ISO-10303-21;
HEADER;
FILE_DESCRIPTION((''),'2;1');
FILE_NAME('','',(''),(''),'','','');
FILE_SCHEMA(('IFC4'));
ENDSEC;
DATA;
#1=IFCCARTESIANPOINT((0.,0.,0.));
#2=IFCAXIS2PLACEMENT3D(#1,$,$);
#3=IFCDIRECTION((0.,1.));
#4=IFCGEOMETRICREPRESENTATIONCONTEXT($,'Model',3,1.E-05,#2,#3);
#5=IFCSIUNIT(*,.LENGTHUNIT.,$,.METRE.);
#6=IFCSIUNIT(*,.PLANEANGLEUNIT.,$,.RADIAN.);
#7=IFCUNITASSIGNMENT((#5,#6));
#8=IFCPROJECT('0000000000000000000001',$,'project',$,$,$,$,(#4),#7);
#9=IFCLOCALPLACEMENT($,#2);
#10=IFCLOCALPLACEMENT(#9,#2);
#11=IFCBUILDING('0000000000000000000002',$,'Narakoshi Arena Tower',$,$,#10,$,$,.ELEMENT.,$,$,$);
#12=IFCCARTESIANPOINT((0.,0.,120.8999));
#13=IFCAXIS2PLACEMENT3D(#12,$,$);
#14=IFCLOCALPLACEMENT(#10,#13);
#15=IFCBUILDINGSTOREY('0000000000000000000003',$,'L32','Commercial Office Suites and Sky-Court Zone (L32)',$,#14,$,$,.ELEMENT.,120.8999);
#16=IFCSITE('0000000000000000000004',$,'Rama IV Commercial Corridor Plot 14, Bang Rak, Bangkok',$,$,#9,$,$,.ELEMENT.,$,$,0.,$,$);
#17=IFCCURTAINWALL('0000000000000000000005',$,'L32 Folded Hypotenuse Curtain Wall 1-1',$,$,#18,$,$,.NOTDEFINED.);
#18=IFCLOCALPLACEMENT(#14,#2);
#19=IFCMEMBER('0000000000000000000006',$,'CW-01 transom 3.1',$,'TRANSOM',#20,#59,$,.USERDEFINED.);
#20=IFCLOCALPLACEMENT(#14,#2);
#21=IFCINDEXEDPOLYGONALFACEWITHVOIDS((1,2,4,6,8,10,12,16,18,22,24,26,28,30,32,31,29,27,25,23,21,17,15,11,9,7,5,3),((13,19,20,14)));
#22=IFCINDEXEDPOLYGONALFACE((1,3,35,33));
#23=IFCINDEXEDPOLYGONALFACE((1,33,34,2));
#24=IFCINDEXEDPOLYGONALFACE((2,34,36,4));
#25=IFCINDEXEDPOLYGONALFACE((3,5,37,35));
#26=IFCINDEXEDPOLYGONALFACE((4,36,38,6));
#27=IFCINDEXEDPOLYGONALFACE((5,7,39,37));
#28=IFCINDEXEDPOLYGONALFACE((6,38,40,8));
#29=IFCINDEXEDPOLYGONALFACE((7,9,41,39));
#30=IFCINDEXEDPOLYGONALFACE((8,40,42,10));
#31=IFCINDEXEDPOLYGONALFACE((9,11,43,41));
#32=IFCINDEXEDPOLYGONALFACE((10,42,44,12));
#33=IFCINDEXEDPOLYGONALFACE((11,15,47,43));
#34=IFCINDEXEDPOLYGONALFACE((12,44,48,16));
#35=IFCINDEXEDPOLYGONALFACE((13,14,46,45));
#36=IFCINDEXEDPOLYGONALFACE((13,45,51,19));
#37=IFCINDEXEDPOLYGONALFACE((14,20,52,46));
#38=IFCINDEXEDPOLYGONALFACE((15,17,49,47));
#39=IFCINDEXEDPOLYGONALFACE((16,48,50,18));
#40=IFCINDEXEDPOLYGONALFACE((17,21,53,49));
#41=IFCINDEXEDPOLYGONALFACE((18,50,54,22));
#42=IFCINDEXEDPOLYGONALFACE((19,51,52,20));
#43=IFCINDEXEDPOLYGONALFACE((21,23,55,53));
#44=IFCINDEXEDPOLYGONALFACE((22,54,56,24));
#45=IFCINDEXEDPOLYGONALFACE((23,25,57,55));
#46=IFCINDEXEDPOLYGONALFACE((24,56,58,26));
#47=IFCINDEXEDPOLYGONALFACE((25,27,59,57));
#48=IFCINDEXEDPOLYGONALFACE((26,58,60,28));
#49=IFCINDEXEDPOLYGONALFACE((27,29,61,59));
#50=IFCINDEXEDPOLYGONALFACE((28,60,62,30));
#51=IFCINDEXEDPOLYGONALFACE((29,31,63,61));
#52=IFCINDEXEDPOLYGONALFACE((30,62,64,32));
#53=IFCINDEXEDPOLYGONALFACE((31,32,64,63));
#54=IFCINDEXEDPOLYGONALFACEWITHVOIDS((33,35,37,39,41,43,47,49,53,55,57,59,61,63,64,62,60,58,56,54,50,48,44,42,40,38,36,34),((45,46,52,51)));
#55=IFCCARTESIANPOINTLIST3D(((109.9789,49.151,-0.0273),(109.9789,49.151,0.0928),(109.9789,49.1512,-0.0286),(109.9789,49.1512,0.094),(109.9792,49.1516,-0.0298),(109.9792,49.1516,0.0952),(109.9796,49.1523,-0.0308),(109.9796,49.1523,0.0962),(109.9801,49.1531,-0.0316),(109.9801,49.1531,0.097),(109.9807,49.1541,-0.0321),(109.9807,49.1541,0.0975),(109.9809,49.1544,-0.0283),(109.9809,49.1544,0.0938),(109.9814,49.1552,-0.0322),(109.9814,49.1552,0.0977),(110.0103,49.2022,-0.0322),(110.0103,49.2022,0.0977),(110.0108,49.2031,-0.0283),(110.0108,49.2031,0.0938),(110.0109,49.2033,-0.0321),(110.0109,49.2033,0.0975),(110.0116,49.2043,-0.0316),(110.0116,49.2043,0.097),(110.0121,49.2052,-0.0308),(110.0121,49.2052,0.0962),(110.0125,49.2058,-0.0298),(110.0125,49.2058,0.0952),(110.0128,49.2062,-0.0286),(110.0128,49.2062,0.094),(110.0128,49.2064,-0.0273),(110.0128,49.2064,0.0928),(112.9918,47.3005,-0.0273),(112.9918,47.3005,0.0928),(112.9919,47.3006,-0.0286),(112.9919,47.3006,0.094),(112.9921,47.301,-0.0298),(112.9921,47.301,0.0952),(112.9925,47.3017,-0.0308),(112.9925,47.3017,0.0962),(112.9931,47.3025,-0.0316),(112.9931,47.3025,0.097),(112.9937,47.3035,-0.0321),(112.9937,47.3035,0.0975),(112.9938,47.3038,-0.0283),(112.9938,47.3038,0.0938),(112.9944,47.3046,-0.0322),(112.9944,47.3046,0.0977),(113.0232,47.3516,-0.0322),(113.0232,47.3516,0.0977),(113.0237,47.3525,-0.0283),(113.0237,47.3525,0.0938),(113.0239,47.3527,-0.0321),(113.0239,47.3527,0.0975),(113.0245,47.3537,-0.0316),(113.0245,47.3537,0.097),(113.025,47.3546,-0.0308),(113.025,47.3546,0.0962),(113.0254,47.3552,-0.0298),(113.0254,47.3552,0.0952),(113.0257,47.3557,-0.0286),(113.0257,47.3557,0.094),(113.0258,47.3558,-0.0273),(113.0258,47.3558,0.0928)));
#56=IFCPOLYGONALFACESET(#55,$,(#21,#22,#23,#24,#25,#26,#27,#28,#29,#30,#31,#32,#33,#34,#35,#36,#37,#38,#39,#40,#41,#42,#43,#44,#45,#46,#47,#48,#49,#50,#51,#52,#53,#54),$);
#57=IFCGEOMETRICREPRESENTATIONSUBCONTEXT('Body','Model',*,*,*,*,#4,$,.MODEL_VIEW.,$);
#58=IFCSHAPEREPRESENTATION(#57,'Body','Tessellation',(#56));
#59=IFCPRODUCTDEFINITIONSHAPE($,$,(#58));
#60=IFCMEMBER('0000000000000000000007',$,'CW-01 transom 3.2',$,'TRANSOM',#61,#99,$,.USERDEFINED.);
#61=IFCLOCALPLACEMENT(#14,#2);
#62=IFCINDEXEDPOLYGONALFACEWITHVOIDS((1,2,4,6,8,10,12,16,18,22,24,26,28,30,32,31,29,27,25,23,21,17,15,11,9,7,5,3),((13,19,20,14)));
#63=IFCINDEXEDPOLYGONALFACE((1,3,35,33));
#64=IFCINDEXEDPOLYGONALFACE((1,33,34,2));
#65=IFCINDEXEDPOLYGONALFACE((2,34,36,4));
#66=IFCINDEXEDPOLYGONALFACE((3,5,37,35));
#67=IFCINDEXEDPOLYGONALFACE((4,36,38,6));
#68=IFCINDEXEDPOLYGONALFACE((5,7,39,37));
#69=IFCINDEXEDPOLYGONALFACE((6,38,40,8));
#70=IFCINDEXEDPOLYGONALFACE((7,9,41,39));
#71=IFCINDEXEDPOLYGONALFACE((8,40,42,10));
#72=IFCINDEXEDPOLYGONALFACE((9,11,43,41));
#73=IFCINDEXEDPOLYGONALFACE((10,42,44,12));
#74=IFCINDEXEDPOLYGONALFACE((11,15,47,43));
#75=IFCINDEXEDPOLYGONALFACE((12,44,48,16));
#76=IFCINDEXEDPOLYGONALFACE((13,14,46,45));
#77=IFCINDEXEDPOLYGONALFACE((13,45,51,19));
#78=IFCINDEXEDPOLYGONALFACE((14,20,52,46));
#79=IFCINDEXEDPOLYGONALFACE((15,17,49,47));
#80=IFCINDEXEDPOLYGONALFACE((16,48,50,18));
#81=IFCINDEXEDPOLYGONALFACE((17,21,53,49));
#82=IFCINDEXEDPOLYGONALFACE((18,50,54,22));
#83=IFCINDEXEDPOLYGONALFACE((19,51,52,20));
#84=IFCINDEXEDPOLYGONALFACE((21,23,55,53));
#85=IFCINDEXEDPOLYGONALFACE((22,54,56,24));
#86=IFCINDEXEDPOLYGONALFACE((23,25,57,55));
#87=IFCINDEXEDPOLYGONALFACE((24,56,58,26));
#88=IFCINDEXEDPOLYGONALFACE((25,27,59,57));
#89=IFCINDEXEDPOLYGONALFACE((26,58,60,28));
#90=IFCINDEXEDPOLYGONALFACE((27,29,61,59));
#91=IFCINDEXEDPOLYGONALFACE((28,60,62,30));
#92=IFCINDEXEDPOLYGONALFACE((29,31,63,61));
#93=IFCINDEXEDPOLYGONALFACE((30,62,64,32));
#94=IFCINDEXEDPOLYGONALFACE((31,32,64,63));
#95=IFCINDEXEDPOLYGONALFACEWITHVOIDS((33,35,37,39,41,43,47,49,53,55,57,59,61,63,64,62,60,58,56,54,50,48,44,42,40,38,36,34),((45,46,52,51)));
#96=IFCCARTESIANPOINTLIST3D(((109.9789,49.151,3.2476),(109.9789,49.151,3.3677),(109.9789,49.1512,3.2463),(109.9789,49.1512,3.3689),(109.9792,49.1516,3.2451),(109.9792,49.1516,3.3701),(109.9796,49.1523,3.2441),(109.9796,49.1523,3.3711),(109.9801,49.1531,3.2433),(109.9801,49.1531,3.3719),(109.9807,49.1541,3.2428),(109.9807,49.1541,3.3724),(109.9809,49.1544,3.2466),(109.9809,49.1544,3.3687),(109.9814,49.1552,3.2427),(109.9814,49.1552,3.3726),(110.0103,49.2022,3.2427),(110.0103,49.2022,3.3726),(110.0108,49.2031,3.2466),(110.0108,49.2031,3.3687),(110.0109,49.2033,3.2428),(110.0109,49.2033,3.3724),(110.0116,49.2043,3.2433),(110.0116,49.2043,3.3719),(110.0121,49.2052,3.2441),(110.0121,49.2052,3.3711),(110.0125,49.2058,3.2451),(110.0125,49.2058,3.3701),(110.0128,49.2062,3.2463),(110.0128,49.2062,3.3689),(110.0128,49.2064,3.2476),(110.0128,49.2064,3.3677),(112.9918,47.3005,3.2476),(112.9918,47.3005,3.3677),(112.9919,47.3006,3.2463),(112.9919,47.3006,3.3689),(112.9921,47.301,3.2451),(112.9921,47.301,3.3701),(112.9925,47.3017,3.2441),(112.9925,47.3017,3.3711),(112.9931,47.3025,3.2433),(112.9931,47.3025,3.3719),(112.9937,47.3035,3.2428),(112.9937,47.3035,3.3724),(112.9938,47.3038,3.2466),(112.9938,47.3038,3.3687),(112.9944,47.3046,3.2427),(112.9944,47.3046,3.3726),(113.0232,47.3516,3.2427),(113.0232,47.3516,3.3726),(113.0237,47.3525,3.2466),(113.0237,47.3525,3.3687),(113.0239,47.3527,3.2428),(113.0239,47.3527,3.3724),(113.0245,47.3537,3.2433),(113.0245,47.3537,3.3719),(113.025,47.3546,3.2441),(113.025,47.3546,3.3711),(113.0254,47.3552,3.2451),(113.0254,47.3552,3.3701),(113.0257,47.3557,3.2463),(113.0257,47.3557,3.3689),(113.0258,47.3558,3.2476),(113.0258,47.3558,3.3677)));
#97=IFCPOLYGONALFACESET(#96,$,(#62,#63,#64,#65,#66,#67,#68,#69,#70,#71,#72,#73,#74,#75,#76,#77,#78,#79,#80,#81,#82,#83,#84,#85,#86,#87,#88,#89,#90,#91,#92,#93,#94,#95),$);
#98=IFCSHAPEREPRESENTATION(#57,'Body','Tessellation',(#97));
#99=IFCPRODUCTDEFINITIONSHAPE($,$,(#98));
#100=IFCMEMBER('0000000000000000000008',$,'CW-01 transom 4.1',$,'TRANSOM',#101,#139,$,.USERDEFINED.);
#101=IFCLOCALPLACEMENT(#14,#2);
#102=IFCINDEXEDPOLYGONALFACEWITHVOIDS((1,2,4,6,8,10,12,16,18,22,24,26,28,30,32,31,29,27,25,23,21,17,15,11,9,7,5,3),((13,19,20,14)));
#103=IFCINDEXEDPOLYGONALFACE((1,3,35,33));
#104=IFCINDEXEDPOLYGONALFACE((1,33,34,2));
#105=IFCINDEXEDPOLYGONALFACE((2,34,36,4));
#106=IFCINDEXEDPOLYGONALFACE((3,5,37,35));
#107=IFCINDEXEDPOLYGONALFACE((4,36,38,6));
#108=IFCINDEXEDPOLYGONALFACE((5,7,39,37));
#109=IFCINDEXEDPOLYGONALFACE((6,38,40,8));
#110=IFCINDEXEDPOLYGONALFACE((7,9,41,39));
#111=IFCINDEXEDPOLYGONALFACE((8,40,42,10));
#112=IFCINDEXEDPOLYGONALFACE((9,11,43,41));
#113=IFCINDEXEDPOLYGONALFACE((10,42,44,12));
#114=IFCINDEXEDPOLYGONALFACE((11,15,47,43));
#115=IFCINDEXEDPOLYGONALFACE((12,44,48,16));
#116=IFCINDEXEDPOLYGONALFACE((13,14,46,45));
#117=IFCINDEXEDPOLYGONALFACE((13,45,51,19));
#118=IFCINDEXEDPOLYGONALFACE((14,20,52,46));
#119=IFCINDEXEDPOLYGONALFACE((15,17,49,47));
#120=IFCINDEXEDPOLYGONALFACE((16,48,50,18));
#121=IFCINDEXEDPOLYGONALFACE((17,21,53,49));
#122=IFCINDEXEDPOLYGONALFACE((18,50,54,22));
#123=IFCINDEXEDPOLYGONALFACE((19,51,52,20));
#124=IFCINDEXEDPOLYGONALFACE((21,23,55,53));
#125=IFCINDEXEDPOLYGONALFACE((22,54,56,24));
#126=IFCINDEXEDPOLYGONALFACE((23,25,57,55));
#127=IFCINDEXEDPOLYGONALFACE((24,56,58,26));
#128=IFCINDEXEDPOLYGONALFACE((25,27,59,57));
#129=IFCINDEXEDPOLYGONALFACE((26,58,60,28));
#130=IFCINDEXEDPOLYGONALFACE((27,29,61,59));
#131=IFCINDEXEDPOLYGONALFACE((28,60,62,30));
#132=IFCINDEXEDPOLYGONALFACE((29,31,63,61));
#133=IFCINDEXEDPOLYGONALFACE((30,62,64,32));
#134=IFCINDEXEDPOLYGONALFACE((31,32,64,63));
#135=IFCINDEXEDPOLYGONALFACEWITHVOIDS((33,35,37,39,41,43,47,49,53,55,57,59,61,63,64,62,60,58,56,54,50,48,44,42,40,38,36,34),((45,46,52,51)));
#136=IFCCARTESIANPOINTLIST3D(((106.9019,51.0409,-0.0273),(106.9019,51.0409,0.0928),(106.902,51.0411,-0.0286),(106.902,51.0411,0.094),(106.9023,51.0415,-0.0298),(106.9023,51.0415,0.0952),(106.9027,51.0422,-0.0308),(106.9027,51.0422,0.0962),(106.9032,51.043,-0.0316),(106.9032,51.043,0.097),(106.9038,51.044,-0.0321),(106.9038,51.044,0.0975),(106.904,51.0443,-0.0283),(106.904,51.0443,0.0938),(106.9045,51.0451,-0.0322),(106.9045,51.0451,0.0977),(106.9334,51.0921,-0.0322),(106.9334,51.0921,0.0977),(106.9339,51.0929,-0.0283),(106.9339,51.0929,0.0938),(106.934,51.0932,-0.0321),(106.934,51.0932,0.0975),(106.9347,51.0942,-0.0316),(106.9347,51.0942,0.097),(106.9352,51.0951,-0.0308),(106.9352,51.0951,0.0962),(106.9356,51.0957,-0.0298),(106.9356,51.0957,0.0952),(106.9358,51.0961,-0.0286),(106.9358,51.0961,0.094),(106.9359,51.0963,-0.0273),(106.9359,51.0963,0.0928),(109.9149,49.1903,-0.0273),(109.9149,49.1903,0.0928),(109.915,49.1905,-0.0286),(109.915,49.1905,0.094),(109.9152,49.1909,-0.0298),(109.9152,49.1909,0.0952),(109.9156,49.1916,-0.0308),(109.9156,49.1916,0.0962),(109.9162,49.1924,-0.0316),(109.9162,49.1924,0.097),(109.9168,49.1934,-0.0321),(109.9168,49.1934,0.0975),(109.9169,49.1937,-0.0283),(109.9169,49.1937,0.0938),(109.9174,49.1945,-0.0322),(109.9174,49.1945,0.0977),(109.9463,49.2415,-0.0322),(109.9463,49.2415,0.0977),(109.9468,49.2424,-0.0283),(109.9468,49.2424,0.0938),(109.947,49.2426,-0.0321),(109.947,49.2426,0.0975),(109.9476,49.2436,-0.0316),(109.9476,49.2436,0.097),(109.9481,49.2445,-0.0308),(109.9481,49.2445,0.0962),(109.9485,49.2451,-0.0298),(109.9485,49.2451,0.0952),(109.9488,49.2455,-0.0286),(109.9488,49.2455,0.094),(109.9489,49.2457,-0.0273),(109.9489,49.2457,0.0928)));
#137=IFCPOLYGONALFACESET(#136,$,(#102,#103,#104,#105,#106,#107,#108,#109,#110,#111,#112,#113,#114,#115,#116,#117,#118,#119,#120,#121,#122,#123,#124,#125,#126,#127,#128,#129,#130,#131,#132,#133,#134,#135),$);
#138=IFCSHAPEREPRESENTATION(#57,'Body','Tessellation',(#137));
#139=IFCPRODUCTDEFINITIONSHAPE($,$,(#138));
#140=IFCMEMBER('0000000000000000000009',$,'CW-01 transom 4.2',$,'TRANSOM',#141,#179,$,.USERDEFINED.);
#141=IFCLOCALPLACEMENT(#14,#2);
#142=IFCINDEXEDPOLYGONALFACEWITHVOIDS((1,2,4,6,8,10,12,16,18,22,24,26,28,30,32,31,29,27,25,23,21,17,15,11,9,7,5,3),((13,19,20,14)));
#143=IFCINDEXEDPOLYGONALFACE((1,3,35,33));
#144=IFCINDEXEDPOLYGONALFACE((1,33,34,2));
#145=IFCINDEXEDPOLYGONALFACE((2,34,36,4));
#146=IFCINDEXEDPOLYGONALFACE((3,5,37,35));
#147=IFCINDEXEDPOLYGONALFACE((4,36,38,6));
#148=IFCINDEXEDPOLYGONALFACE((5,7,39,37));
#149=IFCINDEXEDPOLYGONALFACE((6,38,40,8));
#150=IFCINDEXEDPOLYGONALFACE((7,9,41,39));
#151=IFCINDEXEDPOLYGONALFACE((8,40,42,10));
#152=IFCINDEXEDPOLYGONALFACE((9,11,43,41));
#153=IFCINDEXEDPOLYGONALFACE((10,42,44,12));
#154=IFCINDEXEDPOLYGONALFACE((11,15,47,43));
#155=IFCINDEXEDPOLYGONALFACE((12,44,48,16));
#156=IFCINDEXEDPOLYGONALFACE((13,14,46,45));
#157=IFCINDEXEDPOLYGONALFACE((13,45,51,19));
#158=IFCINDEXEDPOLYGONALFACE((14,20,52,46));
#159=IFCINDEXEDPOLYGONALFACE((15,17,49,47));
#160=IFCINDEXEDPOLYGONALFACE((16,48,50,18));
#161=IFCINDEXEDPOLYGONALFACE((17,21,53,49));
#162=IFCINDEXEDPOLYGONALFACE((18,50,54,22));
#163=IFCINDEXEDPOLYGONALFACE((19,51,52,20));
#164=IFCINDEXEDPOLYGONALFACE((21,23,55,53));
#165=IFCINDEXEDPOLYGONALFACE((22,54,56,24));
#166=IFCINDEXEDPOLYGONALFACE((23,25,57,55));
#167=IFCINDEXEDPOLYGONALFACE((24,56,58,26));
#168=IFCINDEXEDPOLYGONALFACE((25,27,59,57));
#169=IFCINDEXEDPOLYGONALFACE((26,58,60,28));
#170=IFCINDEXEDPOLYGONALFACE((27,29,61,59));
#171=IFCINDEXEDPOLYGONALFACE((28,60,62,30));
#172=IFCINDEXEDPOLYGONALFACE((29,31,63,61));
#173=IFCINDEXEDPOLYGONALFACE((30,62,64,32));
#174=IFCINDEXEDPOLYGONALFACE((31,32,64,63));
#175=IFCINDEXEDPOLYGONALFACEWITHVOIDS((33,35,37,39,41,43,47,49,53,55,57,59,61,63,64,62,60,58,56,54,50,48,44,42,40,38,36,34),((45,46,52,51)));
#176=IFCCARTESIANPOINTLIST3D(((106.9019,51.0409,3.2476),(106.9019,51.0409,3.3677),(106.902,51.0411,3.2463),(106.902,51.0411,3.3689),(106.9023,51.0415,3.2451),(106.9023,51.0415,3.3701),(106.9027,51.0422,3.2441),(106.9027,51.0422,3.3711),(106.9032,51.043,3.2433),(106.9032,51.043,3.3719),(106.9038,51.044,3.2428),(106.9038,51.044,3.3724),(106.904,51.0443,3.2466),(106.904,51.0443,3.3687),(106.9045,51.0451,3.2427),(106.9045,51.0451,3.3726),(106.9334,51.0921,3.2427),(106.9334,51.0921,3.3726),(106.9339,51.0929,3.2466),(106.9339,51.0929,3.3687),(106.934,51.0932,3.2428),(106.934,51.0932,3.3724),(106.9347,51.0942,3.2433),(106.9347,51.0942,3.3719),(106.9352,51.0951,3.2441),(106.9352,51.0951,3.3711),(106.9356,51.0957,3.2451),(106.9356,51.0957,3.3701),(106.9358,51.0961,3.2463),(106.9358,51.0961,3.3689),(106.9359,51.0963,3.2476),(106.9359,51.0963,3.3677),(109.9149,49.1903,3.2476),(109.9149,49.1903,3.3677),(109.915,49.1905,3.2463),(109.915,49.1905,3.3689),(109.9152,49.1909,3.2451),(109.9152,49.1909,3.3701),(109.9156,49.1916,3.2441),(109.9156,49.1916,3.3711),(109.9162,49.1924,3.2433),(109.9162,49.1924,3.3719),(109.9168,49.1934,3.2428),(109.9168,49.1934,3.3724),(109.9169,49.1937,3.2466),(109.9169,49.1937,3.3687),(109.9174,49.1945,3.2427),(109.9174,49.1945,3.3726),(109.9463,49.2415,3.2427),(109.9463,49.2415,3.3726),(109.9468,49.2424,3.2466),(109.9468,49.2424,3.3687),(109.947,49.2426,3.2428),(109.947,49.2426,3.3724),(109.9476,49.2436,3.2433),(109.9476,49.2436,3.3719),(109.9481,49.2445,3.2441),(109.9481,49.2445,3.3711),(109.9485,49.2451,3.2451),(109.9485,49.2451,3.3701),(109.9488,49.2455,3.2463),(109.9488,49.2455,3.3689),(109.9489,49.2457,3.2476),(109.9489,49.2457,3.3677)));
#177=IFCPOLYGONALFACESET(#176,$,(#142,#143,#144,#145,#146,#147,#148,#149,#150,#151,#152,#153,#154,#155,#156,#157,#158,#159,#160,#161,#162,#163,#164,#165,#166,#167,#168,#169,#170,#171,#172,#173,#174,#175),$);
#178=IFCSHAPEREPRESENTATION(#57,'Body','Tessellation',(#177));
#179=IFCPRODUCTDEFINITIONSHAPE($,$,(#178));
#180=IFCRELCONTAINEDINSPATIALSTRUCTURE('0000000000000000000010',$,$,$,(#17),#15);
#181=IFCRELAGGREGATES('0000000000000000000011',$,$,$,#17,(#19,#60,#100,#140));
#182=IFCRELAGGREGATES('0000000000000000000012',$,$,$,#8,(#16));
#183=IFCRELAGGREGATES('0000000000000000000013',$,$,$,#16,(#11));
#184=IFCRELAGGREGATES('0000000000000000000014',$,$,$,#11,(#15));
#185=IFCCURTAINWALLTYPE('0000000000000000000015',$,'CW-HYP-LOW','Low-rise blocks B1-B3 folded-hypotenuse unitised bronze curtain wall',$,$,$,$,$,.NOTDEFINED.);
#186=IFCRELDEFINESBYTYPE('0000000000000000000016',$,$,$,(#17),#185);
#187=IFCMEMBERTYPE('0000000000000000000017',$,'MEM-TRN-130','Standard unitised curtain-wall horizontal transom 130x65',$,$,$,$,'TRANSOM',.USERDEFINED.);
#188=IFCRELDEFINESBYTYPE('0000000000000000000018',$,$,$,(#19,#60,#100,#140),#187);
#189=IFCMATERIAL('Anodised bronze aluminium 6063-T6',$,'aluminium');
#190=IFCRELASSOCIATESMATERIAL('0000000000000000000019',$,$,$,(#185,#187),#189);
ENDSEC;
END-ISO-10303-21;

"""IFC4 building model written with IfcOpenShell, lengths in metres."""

from ifc_helpers import new_model, si_unit, direction, frame, origin, origin_2d, place, context, subcontext, project, spatial, hollow_rectangle, extrude, material, material_profile, profile_set, type_object, element, aggregate, save


model = new_model("IFC4")

# Units and contexts
model_context = context("Model", 3, precision=1e-05, world=origin(), true_north=direction((0.0, 1.0)))
body_context = subcontext(model_context, "Body", "Model", "MODEL_VIEW")
ifc_project = project(units=[si_unit("LENGTHUNIT", "METRE"), si_unit("PLANEANGLEUNIT", "RADIAN")], contexts=[model_context])

# Site, building, storey
site_placement = place(None, origin())
site = spatial("IfcSite", under=ifc_project, at=site_placement, Name="Rama IV Commercial Corridor Plot 14, Bang Rak, Bangkok", CompositionType="ELEMENT", RefElevation=0.0)
building_placement = place(site_placement, origin())
building = spatial("IfcBuilding", under=site, at=building_placement, Name="Narakoshi Arena Tower", CompositionType="ELEMENT")
storey_placement = place(building_placement, frame((0.0, 0.0, 120.8999)))
storey = spatial("IfcBuildingStorey", under=building, at=storey_placement, Name="L32", Description="Commercial Office Suites and Sky-Court Zone (L32)", CompositionType="ELEMENT", Elevation=120.8999)

# Curtain wall, members
ifc_material_1 = material(Name="Anodised bronze aluminium 6063-T6", Category="aluminium")
curtain_wall_type = type_object("IfcCurtainWallType", Name="CW-HYP-LOW", Description="Low-rise blocks B1-B3 folded-hypotenuse unitised bronze curtain wall", PredefinedType="NOTDEFINED", material=ifc_material_1)
curtain_wall_placement = place(storey_placement, origin())
curtain_wall = element("IfcCurtainWall", 1, at=curtain_wall_placement, inside=storey, type_object=curtain_wall_type, Name="L32 Folded Hypotenuse Curtain Wall 1-1", PredefinedType="NOTDEFINED")
ifc_material_profile_1 = material_profile(ifc_material_1, hollow_rectangle(XDim=0.0649, YDim=0.1299, WallThickness=0.0039, OuterFilletRadius=0.0049, at=origin_2d()), Name="TRN130x65x4")
ifc_profile_set_1 = profile_set([ifc_material_profile_1], Name="Anodised bronze aluminium 6063-T6")
member_type_1 = type_object("IfcMemberType", Name="MEM-TRN-130", Description="Standard unitised curtain-wall horizontal transom 130x65", ElementType="TRANSOM", PredefinedType="USERDEFINED", material=ifc_profile_set_1)
member_1_placement = place(storey_placement, frame((113.0088, 47.3281, 0.0327), z_axis=(-0.852104, 0.523373, 0.0), x_axis=(-0.523373, -0.852104, 0.0)))
member_1 = element("IfcMember", 2, at=member_1_placement, type_object=member_type_1, Name="CW-01 transom 3.1", ObjectType="TRANSOM", PredefinedType="USERDEFINED", context=body_context, shape_type="SweptSolid", body=[
    extrude(hollow_rectangle(XDim=0.0649, YDim=0.1299, WallThickness=0.0039, OuterFilletRadius=0.0049, at=origin_2d()), origin(), (0.0, 0.0, 1.0), 3.5359),
])
member_2_placement = place(storey_placement, frame((113.0088, 47.3281, 3.3076), z_axis=(-0.852104, 0.523373, 0.0), x_axis=(-0.523373, -0.852104, 0.0)))
member_2 = element("IfcMember", 3, at=member_2_placement, type_object=member_type_1, Name="CW-01 transom 3.2", ObjectType="TRANSOM", PredefinedType="USERDEFINED", context=body_context, shape_type="SweptSolid", body=[
    extrude(hollow_rectangle(XDim=0.0649, YDim=0.1299, WallThickness=0.0039, OuterFilletRadius=0.0049, at=origin_2d()), origin(), (0.0, 0.0, 1.0), 3.5359),
])
member_3_placement = place(storey_placement, frame((109.9319, 49.218, 0.0327), z_axis=(-0.852104, 0.523373, 0.0), x_axis=(-0.523373, -0.852104, 0.0)))
member_3 = element("IfcMember", 4, at=member_3_placement, type_object=member_type_1, Name="CW-01 transom 4.1", ObjectType="TRANSOM", PredefinedType="USERDEFINED", context=body_context, shape_type="SweptSolid", body=[
    extrude(hollow_rectangle(XDim=0.0649, YDim=0.1299, WallThickness=0.0039, OuterFilletRadius=0.0049, at=origin_2d()), origin(), (0.0, 0.0, 1.0), 3.5359),
])
member_4_placement = place(storey_placement, frame((109.9319, 49.218, 3.3076), z_axis=(-0.852104, 0.523373, 0.0), x_axis=(-0.523373, -0.852104, 0.0)))
member_4 = element("IfcMember", 5, at=member_4_placement, type_object=member_type_1, Name="CW-01 transom 4.2", ObjectType="TRANSOM", PredefinedType="USERDEFINED", context=body_context, shape_type="SweptSolid", body=[
    extrude(hollow_rectangle(XDim=0.0649, YDim=0.1299, WallThickness=0.0039, OuterFilletRadius=0.0049, at=origin_2d()), origin(), (0.0, 0.0, 1.0), 3.5359),
])
aggregate(curtain_wall, [member_1, member_2, member_3, member_4])

save(model, "model.ifc")
